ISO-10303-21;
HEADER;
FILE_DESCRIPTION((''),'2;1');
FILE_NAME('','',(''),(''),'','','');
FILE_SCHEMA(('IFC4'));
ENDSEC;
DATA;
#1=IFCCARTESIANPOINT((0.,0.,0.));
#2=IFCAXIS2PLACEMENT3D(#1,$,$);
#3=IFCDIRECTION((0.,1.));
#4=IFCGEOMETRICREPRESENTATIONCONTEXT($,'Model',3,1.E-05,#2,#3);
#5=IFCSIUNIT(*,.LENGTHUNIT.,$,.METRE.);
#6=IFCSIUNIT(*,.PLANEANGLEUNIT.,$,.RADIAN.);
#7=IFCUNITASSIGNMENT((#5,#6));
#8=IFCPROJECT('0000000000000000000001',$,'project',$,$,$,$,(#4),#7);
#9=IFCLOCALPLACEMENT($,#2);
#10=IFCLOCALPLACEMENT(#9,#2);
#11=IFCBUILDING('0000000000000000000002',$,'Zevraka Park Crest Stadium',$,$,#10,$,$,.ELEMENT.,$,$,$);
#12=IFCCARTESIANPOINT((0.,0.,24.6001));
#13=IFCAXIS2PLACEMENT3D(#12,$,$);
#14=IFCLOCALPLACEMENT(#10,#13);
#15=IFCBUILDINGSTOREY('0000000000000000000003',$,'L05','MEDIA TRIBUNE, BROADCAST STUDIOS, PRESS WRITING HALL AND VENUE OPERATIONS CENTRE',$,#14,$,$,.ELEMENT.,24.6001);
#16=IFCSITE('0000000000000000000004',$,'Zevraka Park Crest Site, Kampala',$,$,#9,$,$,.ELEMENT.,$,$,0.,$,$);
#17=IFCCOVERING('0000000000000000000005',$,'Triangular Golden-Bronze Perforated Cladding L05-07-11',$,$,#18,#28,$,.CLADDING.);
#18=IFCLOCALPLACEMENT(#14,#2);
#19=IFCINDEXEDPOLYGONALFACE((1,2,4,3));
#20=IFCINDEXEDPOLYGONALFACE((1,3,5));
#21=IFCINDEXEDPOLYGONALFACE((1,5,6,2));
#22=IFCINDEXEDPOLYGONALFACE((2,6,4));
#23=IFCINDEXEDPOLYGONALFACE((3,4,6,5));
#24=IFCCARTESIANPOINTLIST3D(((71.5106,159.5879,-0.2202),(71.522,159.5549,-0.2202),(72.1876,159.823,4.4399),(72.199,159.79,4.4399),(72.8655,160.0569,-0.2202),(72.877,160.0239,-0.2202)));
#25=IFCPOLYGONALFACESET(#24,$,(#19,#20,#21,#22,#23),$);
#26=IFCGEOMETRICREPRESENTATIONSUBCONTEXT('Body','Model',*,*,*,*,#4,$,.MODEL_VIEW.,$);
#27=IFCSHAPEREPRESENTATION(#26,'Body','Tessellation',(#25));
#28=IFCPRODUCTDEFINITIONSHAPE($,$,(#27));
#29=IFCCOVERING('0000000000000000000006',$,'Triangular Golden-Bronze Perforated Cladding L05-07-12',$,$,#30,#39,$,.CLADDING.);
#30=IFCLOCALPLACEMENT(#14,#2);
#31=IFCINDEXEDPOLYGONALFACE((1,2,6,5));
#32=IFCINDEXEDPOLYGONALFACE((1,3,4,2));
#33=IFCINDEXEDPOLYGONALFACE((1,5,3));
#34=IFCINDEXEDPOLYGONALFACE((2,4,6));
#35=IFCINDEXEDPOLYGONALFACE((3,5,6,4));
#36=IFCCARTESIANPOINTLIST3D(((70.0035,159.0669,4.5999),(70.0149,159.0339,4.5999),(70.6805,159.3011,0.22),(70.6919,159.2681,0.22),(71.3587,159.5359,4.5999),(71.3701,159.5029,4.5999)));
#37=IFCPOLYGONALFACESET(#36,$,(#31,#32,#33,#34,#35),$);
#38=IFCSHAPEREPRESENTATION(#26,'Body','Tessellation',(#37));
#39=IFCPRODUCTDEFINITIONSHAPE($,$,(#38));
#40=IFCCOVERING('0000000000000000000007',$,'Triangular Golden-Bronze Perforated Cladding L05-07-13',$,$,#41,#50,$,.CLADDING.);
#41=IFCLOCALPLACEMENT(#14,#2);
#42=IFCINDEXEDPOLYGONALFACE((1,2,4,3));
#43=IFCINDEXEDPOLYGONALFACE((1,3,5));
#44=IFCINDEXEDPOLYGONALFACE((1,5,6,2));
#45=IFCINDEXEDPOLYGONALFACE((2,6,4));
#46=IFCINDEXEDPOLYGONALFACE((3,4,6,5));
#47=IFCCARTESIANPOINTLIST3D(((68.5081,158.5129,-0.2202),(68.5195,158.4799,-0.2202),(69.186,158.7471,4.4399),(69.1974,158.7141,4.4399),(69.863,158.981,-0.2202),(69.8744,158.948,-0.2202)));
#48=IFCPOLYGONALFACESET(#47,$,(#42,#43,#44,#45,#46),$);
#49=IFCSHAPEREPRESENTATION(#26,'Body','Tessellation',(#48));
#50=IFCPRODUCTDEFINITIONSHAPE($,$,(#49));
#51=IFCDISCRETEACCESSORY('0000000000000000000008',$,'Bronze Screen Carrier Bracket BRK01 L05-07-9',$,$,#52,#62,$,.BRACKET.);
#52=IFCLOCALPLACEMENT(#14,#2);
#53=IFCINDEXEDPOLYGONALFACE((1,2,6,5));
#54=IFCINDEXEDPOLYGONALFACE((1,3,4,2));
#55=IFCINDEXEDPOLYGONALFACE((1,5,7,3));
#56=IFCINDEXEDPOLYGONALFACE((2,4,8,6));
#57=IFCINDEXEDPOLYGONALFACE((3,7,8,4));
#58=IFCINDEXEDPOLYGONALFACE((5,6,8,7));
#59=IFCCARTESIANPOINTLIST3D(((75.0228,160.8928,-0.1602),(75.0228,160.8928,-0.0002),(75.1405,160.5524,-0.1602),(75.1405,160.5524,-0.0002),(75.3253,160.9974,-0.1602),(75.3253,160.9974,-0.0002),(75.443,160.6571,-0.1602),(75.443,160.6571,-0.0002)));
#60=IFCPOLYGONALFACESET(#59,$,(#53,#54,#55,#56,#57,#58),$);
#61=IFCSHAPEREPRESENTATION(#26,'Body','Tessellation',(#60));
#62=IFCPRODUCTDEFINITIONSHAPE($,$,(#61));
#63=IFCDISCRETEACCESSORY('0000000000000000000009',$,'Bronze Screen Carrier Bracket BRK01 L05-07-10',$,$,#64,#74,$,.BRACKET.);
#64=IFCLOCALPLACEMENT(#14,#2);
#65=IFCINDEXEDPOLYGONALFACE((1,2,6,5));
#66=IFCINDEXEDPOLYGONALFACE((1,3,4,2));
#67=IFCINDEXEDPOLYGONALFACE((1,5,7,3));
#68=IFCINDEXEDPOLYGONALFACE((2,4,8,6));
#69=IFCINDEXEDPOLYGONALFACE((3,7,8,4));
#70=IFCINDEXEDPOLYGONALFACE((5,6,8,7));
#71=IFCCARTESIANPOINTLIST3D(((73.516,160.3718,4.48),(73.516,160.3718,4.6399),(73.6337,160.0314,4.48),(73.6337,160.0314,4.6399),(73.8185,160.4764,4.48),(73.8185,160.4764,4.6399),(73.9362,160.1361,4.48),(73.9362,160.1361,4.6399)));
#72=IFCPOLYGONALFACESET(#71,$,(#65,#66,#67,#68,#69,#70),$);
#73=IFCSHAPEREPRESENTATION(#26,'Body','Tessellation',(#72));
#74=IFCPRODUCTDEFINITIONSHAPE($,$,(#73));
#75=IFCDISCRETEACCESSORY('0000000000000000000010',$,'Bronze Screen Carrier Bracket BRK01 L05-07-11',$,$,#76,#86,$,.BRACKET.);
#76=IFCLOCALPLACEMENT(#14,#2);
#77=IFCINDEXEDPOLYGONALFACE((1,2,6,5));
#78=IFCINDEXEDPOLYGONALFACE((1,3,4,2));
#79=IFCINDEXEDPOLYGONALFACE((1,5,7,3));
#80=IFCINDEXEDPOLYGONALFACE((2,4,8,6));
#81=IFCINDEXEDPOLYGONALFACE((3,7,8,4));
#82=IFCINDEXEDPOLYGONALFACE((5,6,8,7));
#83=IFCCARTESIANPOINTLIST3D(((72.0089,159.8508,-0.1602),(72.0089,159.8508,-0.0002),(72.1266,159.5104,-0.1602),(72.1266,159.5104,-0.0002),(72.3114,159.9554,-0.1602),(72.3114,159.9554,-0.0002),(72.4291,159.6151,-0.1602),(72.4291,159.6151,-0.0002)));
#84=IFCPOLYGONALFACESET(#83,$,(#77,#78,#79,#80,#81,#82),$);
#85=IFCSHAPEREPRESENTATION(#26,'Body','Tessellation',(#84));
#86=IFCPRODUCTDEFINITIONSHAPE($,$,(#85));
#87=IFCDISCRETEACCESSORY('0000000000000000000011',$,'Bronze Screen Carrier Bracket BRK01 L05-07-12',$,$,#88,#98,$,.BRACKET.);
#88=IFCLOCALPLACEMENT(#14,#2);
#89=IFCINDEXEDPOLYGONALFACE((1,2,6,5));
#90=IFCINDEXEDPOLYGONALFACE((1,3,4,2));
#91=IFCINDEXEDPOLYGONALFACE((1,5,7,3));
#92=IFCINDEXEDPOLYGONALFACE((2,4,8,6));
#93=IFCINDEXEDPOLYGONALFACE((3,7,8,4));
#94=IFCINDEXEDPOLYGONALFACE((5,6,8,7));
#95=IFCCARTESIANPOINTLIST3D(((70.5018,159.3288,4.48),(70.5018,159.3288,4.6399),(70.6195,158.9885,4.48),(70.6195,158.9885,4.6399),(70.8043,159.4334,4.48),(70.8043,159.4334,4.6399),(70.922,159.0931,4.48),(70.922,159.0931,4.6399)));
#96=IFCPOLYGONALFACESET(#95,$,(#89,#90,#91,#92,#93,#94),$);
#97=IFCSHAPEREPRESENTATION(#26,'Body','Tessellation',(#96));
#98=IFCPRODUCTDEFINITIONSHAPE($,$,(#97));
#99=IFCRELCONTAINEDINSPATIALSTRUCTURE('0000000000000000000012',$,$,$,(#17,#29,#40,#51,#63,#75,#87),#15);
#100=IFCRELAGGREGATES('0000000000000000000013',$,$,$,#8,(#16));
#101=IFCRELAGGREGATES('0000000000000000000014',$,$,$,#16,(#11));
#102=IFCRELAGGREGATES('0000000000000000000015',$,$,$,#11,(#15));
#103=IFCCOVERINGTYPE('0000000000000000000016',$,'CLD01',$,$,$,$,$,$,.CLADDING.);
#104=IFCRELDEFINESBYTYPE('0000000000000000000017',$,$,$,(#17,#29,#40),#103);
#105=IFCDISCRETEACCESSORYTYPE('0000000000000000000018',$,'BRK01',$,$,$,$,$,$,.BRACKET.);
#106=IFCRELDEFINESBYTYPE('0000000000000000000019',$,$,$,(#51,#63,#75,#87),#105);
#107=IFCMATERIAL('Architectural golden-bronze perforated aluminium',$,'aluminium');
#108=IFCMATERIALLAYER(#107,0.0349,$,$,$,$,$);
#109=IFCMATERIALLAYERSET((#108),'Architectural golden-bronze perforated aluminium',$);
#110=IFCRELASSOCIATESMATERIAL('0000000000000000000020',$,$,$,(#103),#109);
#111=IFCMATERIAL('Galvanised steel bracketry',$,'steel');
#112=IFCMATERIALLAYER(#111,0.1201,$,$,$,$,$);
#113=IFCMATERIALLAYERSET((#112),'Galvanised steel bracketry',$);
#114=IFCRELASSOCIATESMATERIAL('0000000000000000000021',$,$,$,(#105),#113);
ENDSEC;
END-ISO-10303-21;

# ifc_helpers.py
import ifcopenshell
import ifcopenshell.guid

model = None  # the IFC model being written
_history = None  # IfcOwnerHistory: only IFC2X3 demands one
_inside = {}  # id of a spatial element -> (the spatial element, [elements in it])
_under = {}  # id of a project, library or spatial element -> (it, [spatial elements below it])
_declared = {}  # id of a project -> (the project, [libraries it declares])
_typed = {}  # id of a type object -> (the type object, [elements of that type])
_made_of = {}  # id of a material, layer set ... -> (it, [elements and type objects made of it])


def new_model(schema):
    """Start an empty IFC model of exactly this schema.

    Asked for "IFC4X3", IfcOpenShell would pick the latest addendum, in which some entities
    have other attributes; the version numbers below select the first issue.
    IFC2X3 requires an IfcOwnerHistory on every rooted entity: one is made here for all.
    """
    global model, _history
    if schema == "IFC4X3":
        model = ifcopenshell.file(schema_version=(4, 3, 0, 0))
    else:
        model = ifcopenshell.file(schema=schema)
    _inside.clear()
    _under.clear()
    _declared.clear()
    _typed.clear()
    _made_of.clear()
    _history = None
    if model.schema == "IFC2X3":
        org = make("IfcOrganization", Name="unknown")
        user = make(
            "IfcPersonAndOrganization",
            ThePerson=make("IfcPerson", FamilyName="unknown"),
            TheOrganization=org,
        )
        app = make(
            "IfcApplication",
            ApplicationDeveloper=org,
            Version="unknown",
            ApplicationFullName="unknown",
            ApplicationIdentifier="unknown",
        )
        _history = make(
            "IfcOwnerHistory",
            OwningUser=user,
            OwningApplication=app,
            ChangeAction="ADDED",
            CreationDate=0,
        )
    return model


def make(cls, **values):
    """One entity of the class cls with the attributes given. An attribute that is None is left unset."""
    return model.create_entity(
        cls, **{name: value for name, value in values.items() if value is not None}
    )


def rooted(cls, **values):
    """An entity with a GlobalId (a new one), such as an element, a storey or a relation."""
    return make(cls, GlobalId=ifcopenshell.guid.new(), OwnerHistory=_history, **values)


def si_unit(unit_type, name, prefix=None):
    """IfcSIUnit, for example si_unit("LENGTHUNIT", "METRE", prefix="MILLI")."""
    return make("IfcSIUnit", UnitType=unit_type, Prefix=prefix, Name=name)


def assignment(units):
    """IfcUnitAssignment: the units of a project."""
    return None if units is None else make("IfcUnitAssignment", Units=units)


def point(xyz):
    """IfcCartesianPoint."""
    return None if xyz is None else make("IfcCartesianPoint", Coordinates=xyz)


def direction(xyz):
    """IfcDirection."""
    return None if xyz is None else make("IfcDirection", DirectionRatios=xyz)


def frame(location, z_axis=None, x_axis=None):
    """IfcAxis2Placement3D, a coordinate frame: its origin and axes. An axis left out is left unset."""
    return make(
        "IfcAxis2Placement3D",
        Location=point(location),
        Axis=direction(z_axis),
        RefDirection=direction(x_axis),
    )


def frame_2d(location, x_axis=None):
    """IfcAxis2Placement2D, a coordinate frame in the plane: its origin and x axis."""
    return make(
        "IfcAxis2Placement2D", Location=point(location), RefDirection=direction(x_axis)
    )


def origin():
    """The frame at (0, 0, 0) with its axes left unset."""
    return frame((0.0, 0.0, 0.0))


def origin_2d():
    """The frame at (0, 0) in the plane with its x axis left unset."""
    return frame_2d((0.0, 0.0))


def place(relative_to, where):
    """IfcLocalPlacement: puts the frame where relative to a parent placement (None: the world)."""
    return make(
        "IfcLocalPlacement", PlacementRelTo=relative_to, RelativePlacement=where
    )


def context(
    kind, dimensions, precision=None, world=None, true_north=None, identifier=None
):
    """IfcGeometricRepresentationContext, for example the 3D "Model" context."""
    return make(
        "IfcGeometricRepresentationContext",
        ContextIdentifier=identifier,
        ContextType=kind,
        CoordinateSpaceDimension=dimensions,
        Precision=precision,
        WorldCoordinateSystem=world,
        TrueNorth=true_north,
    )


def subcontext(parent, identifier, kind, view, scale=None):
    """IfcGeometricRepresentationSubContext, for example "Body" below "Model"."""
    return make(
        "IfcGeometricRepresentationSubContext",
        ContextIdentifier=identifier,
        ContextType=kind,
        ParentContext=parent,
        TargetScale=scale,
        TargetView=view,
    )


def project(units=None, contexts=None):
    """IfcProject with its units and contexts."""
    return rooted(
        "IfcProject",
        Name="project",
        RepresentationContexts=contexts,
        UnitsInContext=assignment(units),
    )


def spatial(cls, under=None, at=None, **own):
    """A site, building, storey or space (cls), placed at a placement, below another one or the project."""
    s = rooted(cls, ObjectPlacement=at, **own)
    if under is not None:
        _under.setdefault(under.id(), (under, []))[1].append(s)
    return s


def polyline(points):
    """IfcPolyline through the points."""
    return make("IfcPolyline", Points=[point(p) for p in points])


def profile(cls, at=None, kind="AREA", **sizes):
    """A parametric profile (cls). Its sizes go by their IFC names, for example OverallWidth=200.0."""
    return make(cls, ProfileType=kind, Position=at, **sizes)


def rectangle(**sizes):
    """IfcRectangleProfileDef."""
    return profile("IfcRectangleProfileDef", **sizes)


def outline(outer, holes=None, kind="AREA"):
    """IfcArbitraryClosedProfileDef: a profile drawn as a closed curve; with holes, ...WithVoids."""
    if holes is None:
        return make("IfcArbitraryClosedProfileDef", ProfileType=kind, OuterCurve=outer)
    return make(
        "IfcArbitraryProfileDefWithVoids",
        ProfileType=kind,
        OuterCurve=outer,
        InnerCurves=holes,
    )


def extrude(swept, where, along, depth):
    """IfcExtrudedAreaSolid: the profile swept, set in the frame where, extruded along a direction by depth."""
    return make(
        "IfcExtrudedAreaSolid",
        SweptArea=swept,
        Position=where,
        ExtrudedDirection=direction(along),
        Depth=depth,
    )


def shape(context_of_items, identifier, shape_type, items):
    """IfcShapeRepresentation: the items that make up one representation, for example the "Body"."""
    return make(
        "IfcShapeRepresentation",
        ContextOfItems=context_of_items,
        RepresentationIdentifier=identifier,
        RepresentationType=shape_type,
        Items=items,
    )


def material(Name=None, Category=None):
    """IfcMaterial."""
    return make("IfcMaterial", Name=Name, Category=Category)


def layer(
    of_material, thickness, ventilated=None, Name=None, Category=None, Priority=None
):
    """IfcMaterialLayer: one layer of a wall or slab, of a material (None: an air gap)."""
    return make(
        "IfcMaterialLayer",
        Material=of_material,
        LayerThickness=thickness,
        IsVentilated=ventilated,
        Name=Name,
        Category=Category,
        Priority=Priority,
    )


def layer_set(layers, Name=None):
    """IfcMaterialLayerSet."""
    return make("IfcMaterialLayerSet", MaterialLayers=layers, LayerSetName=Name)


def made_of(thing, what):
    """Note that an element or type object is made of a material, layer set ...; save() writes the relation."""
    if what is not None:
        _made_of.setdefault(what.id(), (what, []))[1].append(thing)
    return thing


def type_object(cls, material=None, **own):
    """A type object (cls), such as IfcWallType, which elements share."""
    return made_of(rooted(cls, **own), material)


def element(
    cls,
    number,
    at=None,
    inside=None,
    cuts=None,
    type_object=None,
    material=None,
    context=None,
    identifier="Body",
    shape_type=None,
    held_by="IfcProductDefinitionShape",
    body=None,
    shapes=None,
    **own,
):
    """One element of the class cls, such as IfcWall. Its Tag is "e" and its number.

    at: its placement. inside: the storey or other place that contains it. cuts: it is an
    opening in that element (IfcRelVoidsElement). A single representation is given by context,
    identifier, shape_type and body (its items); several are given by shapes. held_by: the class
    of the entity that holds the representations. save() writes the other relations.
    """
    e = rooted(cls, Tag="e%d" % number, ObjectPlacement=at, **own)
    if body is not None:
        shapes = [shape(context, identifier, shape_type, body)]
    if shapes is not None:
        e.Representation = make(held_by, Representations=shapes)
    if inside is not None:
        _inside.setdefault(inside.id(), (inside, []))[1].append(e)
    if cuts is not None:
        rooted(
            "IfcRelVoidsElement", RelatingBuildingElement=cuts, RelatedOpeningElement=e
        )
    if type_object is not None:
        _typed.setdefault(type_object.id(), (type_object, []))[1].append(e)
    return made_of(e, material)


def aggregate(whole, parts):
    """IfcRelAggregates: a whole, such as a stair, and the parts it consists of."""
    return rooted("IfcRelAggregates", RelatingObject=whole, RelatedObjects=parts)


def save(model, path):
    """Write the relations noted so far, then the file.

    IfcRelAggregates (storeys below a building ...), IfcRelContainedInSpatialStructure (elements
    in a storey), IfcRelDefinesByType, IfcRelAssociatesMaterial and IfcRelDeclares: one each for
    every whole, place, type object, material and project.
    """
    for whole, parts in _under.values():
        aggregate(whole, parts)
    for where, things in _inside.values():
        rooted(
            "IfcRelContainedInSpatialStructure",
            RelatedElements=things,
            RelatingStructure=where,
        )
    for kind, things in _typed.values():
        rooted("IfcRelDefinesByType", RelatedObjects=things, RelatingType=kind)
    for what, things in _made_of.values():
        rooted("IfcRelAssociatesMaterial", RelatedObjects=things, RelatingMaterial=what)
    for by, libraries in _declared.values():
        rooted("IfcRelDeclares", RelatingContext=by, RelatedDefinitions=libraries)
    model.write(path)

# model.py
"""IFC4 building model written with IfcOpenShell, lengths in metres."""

from ifc_helpers import new_model, si_unit, direction, frame, origin, origin_2d, place, context, subcontext, project, spatial, polyline, rectangle, outline, extrude, material, layer, layer_set, type_object, element, save


model = new_model("IFC4")

# Units and contexts
model_context = context("Model", 3, precision=1e-05, world=origin(), true_north=direction((0.0, 1.0)))
body_context = subcontext(model_context, "Body", "Model", "MODEL_VIEW")
ifc_project = project(units=[si_unit("LENGTHUNIT", "METRE"), si_unit("PLANEANGLEUNIT", "RADIAN")], contexts=[model_context])

# Site, building, storey
site_placement = place(None, origin())
site = spatial("IfcSite", under=ifc_project, at=site_placement, Name="Zevraka Park Crest Site, Kampala", CompositionType="ELEMENT", RefElevation=0.0)
building_placement = place(site_placement, origin())
building = spatial("IfcBuilding", under=site, at=building_placement, Name="Zevraka Park Crest Stadium", CompositionType="ELEMENT")
storey_placement = place(building_placement, frame((0.0, 0.0, 24.6001)))
storey = spatial("IfcBuildingStorey", under=building, at=storey_placement, Name="L05", Description="MEDIA TRIBUNE, BROADCAST STUDIOS, PRESS WRITING HALL AND VENUE OPERATIONS CENTRE", CompositionType="ELEMENT", Elevation=24.6001)

# Coverings
ifc_material_1 = material(Name="Architectural golden-bronze perforated aluminium", Category="aluminium")
ifc_layer_1 = layer(ifc_material_1, 0.0349)
ifc_layer_set_1 = layer_set([ifc_layer_1], Name="Architectural golden-bronze perforated aluminium")
covering_type = type_object("IfcCoveringType", Name="CLD01", PredefinedType="CLADDING", material=ifc_layer_set_1)
covering_1_placement = place(storey_placement, frame((72.877, 160.0239, -0.2202), z_axis=(0.327087, -0.944994, 0.000158), x_axis=(-0.944994, -0.327087, 0.0)))
element("IfcCovering", 1, at=covering_1_placement, inside=storey, type_object=covering_type, Name="Triangular Golden-Bronze Perforated Cladding L05-07-11", PredefinedType="CLADDING", context=body_context, shape_type="SweptSolid", body=[
    extrude(outline(polyline([(0.0, 0.0), (1.4339, 0.0), (0.7172, -4.6602), (0.0, 0.0)])), origin(), (0.0, 0.0, -1.0), 0.0349),
])
covering_2_placement = place(storey_placement, frame((70.0149, 159.0339, 4.5999), z_axis=(0.327035, -0.945012, 0.000033), x_axis=(0.945012, 0.327035, 0.0)))
element("IfcCovering", 2, at=covering_2_placement, inside=storey, type_object=covering_type, Name="Triangular Golden-Bronze Perforated Cladding L05-07-12", PredefinedType="CLADDING", context=body_context, shape_type="SweptSolid", body=[
    extrude(outline(polyline([(0.0, 0.0), (1.4341, 0.0), (0.7163, -4.3799), (0.0, 0.0)])), origin(), (0.0, 0.0, -1.0), 0.0349),
])
covering_3_placement = place(storey_placement, frame((69.863, 158.981, -0.2202), z_axis=(-0.326479, 0.945205, 0.000009), x_axis=(-0.945205, -0.326479, 0.0)))
element("IfcCovering", 3, at=covering_3_placement, inside=storey, type_object=covering_type, Name="Triangular Golden-Bronze Perforated Cladding L05-07-13", PredefinedType="CLADDING", context=body_context, shape_type="SweptSolid", body=[
    extrude(outline(polyline([(0.0, 0.0), (1.4335, 0.0), (0.7163, 4.6602), (0.0, 0.0)])), origin(), (0.0, 0.0, -1.0), 0.0349),
])

# Discrete accessories
ifc_material_2 = material(Name="Galvanised steel bracketry", Category="steel")
ifc_layer_2 = layer(ifc_material_2, 0.1201)
ifc_layer_set_2 = layer_set([ifc_layer_2], Name="Galvanised steel bracketry")
discrete_accessory_type = type_object("IfcDiscreteAccessoryType", Name="BRK01", PredefinedType="BRACKET", material=ifc_layer_set_2)
for number, where, z_axis, x_axis, name in (
    (4, (75.2329, 160.7749, -0.1602), (0.0, 0.0, 1.0), (-0.945063, -0.326888, 0.0), "Bronze Screen Carrier Bracket BRK01 L05-07-9"),
    (5, (73.7261, 160.2539, 4.48), (0.0, 0.0, 1.0), (-0.945063, -0.326888, 0.0), "Bronze Screen Carrier Bracket BRK01 L05-07-10"),
    (6, (72.219, 159.7329, -0.1602), (0.0, 0.0, 1.0), (-0.945063, -0.326888, 0.0), "Bronze Screen Carrier Bracket BRK01 L05-07-11"),
    (7, (70.7119, 159.2109, 4.48), (0.0, 0.0, 1.0), (-0.945063, -0.326888, 0.0), "Bronze Screen Carrier Bracket BRK01 L05-07-12"),
):
    element("IfcDiscreteAccessory", number, at=place(storey_placement, frame(where, z_axis=z_axis, x_axis=x_axis)), inside=storey, type_object=discrete_accessory_type, Name=name, PredefinedType="BRACKET", context=body_context, shape_type="SweptSolid", body=[
        extrude(rectangle(XDim=0.3201, YDim=0.3601, at=origin_2d()), origin(), (0.0, 0.0, 1.0), 0.1599),
    ])

save(model, "model.ifc")
